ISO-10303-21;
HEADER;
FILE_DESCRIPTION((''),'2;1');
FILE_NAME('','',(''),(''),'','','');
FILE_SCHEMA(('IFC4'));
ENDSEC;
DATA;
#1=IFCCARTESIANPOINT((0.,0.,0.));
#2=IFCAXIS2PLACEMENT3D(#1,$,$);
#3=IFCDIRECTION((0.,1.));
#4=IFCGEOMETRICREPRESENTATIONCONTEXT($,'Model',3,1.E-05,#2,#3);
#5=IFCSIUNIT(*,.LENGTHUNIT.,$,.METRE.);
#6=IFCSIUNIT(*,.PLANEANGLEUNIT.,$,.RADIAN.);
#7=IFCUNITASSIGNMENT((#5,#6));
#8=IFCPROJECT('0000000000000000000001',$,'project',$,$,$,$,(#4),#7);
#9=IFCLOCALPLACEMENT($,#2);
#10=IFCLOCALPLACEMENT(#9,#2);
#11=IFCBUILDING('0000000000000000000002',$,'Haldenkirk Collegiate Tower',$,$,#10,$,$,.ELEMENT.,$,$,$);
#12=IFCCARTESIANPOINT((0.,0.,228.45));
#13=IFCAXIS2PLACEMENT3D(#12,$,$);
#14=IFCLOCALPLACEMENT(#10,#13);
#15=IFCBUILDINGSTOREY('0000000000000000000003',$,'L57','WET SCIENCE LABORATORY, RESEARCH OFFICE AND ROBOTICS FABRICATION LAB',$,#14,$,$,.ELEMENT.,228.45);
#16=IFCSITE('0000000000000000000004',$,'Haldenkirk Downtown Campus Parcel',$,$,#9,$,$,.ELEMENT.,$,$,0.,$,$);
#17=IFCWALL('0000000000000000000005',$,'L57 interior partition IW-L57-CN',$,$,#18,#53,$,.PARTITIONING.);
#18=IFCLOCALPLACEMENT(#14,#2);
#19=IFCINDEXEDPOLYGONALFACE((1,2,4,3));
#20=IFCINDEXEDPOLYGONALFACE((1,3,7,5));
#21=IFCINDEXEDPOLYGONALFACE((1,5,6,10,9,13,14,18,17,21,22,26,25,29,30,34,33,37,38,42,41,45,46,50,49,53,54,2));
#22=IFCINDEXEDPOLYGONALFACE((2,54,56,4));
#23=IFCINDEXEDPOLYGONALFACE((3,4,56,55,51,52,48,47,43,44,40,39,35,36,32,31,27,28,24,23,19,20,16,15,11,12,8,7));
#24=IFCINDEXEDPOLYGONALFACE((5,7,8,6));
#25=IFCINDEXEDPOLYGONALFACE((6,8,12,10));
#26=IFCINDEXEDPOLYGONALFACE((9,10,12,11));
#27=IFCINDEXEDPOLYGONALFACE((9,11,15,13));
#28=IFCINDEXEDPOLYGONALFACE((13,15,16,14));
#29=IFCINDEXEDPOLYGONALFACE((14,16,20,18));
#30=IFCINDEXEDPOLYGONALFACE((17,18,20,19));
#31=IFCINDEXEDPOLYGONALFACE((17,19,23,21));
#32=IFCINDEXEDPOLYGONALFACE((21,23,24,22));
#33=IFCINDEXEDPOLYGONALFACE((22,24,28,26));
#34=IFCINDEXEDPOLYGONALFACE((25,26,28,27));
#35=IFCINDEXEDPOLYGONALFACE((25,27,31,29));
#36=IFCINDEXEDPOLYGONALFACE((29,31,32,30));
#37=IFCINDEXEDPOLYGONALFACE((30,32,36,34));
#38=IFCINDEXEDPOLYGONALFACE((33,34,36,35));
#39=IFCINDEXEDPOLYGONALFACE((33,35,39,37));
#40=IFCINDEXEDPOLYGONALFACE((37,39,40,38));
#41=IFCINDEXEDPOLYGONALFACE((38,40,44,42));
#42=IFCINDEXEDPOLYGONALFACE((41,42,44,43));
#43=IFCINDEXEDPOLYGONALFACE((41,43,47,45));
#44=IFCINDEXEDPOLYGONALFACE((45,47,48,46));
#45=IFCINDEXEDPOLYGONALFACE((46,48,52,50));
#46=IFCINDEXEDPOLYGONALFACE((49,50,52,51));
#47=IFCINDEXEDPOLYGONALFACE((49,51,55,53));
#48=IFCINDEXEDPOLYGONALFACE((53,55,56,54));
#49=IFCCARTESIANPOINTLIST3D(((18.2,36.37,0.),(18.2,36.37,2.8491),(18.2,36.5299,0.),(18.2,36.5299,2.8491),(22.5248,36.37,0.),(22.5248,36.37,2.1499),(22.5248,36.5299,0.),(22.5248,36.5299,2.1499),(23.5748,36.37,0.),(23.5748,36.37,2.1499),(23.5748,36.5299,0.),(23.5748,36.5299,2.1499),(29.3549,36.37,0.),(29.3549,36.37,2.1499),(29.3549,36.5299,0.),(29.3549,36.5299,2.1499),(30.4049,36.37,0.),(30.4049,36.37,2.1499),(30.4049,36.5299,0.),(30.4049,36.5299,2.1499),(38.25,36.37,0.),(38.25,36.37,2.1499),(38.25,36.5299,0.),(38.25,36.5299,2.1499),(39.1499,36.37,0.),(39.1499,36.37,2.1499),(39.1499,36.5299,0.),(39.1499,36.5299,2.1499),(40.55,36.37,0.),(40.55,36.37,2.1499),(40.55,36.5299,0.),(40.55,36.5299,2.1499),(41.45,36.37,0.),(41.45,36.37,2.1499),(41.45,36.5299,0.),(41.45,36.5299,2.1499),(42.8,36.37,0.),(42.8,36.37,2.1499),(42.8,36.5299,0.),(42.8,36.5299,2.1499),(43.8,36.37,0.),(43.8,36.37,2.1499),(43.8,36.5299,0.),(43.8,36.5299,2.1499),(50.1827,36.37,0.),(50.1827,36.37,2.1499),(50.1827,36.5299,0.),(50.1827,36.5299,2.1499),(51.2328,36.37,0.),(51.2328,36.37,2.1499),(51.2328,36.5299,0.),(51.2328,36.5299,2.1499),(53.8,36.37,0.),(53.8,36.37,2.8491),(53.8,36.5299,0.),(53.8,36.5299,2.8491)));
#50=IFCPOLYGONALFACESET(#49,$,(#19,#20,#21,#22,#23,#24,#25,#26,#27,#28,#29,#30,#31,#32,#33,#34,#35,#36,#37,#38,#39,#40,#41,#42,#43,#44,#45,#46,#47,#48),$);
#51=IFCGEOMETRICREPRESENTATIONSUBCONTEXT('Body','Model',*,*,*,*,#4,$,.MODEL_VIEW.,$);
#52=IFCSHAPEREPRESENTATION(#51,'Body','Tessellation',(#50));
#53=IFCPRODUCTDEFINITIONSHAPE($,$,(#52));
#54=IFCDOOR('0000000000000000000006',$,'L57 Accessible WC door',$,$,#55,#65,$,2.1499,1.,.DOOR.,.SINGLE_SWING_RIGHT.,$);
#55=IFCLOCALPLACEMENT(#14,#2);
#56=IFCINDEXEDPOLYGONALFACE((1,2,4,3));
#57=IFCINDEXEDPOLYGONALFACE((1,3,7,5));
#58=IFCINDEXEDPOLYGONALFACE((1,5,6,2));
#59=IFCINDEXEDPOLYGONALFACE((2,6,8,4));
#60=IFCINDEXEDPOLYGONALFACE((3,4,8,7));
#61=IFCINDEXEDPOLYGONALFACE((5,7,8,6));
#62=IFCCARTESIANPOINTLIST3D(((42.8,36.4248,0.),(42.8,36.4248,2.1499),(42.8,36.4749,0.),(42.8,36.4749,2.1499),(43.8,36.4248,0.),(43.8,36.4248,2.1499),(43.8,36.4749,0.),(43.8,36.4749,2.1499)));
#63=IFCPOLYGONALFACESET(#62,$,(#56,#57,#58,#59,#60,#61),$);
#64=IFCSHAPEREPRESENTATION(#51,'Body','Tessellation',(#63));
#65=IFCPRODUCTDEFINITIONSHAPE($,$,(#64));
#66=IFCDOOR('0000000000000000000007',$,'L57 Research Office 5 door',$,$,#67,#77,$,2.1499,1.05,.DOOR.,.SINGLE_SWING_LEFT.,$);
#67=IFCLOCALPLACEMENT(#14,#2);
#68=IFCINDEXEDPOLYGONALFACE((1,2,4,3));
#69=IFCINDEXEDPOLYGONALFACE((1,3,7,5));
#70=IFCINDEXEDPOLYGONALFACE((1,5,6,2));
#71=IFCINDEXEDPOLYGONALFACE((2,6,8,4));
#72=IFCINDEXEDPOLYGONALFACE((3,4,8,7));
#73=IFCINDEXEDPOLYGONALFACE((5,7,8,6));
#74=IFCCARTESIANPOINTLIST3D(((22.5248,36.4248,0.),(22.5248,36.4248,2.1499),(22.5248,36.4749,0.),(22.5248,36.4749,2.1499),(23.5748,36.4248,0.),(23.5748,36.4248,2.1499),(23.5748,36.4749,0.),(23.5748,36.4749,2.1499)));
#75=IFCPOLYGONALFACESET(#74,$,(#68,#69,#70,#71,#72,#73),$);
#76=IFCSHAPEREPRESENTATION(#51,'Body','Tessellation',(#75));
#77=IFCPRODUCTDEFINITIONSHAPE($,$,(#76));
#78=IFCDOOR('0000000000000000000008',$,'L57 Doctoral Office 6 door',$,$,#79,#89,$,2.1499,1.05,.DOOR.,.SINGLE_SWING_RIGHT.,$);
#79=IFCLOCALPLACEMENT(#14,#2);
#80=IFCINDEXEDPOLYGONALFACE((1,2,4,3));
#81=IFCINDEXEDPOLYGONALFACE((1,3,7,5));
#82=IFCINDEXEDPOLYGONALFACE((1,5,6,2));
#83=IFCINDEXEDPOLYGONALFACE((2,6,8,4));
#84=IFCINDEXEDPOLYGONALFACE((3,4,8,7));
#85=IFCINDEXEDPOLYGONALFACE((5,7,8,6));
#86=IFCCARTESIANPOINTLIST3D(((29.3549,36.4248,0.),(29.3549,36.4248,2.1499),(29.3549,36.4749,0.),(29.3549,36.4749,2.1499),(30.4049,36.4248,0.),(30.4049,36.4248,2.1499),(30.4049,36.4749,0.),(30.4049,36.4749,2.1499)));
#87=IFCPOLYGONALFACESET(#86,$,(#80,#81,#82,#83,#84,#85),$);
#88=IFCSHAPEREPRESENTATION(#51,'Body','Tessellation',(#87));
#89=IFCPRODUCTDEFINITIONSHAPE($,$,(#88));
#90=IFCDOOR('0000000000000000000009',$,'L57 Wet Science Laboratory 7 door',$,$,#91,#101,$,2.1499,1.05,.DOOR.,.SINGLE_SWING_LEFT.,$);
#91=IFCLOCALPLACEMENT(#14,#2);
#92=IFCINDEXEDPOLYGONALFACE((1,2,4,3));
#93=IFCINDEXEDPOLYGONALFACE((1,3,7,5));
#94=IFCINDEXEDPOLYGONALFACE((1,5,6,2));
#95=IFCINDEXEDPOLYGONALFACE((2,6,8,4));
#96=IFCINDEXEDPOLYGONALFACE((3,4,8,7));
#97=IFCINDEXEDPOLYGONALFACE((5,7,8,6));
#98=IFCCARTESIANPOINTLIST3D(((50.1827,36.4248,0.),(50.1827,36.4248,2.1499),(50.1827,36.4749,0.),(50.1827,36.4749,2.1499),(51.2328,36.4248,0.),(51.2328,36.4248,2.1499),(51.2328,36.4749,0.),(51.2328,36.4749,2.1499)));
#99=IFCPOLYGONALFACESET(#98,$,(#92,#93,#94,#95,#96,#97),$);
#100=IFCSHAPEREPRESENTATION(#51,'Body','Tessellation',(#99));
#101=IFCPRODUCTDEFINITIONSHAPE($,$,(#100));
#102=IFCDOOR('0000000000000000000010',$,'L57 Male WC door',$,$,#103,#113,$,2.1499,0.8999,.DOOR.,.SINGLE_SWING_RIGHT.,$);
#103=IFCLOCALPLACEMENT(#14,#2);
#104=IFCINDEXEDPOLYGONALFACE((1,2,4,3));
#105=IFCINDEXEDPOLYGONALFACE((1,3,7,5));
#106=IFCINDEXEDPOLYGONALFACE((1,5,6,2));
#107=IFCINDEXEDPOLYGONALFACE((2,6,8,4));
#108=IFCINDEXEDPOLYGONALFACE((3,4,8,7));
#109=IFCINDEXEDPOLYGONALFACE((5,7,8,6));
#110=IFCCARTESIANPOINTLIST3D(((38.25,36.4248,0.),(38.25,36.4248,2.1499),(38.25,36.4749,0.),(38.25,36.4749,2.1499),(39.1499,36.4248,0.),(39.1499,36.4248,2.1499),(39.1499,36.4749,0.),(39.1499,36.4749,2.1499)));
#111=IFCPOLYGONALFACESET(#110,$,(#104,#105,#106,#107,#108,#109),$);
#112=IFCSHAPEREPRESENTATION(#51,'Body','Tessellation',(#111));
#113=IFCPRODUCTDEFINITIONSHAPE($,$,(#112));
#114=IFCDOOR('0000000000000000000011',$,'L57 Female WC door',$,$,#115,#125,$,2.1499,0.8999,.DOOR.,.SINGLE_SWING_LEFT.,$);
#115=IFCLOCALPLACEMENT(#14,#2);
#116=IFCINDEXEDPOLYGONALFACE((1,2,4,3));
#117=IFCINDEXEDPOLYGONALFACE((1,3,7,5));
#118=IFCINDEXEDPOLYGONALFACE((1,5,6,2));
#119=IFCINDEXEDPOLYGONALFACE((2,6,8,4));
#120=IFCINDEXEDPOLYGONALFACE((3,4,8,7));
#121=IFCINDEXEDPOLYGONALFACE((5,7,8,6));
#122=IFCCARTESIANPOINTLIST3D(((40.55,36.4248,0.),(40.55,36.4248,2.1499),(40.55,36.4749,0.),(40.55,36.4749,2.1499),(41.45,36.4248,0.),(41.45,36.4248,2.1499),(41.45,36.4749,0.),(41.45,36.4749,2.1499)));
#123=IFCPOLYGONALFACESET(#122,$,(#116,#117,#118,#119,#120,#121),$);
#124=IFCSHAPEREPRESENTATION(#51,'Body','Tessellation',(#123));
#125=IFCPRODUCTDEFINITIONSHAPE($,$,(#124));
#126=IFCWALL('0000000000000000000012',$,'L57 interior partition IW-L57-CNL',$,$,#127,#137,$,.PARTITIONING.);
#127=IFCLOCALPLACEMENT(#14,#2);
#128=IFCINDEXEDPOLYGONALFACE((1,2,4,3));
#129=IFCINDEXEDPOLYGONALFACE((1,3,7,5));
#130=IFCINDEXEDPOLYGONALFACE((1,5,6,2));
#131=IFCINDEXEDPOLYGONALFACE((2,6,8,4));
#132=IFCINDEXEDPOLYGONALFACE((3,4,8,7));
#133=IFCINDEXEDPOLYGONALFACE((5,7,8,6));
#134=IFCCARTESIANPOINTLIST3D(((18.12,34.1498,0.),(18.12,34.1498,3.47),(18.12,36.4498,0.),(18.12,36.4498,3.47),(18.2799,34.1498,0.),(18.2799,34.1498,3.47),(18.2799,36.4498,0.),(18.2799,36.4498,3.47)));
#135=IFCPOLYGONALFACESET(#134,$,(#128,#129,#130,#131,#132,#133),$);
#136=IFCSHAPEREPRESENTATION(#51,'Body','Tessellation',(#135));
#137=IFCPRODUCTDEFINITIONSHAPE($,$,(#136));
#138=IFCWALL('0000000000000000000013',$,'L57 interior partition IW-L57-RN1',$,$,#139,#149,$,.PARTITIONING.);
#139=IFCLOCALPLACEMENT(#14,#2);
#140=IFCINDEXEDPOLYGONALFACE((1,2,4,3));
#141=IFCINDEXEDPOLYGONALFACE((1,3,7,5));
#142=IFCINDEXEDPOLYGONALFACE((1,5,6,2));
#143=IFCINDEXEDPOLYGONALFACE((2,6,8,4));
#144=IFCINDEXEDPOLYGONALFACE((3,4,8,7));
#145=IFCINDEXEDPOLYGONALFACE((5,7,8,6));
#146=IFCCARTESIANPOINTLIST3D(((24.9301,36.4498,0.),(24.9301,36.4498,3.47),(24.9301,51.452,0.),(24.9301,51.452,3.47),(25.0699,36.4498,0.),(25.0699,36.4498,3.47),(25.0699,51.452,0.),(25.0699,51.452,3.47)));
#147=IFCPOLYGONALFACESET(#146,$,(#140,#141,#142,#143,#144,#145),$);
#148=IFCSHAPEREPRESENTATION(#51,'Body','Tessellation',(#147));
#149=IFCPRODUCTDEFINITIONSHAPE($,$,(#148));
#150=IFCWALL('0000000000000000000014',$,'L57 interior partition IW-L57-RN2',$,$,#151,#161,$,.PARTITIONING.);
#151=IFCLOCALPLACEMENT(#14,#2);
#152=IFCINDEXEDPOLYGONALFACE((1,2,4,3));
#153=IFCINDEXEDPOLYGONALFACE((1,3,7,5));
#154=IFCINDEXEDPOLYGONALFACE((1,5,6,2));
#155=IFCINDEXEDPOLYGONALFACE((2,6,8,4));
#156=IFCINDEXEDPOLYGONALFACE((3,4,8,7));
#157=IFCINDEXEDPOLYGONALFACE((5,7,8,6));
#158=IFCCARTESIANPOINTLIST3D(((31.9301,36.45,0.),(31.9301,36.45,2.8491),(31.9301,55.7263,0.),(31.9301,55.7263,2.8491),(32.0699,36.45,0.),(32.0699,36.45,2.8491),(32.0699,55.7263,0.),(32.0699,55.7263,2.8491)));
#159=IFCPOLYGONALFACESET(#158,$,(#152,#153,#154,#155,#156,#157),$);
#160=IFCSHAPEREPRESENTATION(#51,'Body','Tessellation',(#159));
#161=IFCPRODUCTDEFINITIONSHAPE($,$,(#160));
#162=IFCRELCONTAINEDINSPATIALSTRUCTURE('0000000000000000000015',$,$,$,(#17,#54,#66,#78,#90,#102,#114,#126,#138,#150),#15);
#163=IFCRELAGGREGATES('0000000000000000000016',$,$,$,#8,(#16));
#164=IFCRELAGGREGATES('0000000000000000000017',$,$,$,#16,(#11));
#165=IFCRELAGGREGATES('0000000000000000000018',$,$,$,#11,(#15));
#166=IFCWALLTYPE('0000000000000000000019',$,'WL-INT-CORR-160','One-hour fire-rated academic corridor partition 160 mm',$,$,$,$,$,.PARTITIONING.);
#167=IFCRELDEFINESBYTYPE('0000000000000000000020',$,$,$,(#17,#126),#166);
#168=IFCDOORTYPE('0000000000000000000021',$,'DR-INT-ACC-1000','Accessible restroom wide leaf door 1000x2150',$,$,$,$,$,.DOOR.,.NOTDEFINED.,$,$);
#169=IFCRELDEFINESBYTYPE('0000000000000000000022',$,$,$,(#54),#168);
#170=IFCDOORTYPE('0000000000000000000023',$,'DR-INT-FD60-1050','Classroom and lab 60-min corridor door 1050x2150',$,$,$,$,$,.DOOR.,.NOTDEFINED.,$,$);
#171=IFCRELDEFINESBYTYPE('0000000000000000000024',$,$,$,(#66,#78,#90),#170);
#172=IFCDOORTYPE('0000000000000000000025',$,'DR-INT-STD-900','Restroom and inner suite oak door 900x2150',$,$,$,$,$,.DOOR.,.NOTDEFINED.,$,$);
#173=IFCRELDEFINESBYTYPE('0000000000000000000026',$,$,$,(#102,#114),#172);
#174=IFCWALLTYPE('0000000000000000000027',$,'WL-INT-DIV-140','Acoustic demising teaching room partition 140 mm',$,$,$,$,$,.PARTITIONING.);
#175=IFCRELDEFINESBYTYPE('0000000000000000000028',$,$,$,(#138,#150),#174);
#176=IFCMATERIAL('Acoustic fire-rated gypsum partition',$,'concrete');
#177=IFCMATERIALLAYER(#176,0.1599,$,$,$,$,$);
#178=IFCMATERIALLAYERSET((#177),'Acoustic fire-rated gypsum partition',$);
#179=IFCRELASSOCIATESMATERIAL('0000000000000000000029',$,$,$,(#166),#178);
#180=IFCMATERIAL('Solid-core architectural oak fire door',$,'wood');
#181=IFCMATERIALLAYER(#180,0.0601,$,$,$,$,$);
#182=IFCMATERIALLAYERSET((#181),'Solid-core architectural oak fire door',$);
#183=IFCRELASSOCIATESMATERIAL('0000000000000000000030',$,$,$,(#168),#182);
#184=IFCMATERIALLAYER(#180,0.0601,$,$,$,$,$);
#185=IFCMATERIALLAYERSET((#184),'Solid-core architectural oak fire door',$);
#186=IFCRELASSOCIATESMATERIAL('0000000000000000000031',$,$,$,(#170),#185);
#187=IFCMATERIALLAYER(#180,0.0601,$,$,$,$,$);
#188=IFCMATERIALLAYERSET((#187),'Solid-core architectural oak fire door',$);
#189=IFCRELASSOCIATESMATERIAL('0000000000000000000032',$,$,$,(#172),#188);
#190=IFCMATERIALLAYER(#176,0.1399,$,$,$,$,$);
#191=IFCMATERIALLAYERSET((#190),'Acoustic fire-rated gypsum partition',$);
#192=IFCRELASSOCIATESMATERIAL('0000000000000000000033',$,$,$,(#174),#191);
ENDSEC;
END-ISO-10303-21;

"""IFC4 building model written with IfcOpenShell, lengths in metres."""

from ifc_helpers import new_model, si_unit, direction, frame, frame_2d, origin, place, context, subcontext, project, spatial, rectangle, extrude, material, layer, layer_set, type_object, element, fill, save


model = new_model("IFC4")

# Units and contexts
model_context = context("Model", 3, precision=1e-05, world=origin(), true_north=direction((0.0, 1.0)))
body_context = subcontext(model_context, "Body", "Model", "MODEL_VIEW")
ifc_project = project(units=[si_unit("LENGTHUNIT", "METRE"), si_unit("PLANEANGLEUNIT", "RADIAN")], contexts=[model_context])

# Site, building, storey
site_placement = place(None, origin())
site = spatial("IfcSite", under=ifc_project, at=site_placement, Name="Haldenkirk Downtown Campus Parcel", CompositionType="ELEMENT", RefElevation=0.0)
building_placement = place(site_placement, origin())
building = spatial("IfcBuilding", under=site, at=building_placement, Name="Haldenkirk Collegiate Tower", CompositionType="ELEMENT")
storey_placement = place(building_placement, frame((0.0, 0.0, 228.45)))
storey = spatial("IfcBuildingStorey", under=building, at=storey_placement, Name="L57", Description="WET SCIENCE LABORATORY, RESEARCH OFFICE AND ROBOTICS FABRICATION LAB", CompositionType="ELEMENT", Elevation=228.45)

# Wall, openings, doors
ifc_material_1 = material(Name="Acoustic fire-rated gypsum partition", Category="concrete")
ifc_layer_1 = layer(ifc_material_1, 0.1599)
ifc_layer_set_1 = layer_set([ifc_layer_1], Name="Acoustic fire-rated gypsum partition")
wall_type_1 = type_object("IfcWallType", Name="WL-INT-CORR-160", Description="One-hour fire-rated academic corridor partition 160 mm", PredefinedType="PARTITIONING", material=ifc_layer_set_1)
wall_1_placement = place(storey_placement, frame((18.2, 36.45, 0.0), z_axis=(0.0, 0.0, 1.0), x_axis=(1.0, 0.0, 0.0)))
wall_1 = element("IfcWall", 1, at=wall_1_placement, inside=storey, type_object=wall_type_1, Name="L57 interior partition IW-L57-CN", PredefinedType="PARTITIONING", context=body_context, shape_type="SweptSolid", body=[
    extrude(rectangle(XDim=35.6001, YDim=0.1599, at=frame_2d((17.8, 0.0))), origin(), (0.0, 0.0, 1.0), 2.8491),
])
opening_1_placement = place(wall_1_placement, frame((20.05, 0.0, 0.0)))
opening_1 = element("IfcOpeningElement", 2, at=opening_1_placement, cuts=wall_1, PredefinedType="OPENING", context=body_context, shape_type="SweptSolid", body=[
    extrude(rectangle(XDim=0.8999, YDim=2.1499, at=frame_2d((0.45, 1.075))), frame((0.0, 0.0898, 0.0), z_axis=(0.0, -1.0, 0.0), x_axis=(1.0, 0.0, 0.0)), (0.0, 0.0, 1.0), 0.1799),
])
opening_2_placement = place(wall_1_placement, frame((22.3501, 0.0, 0.0)))
opening_2 = element("IfcOpeningElement", 3, at=opening_2_placement, cuts=wall_1, PredefinedType="OPENING", context=body_context, shape_type="SweptSolid", body=[
    extrude(rectangle(XDim=0.8999, YDim=2.1499, at=frame_2d((0.45, 1.075))), frame((0.0, 0.0898, 0.0), z_axis=(0.0, -1.0, 0.0), x_axis=(1.0, 0.0, 0.0)), (0.0, 0.0, 1.0), 0.1799),
])
opening_3_placement = place(wall_1_placement, frame((24.6001, 0.0, 0.0)))
opening_3 = element("IfcOpeningElement", 4, at=opening_3_placement, cuts=wall_1, PredefinedType="OPENING", context=body_context, shape_type="SweptSolid", body=[
    extrude(rectangle(XDim=1.0, YDim=2.1499, at=frame_2d((0.5, 1.075))), frame((0.0, 0.0898, 0.0), z_axis=(0.0, -1.0, 0.0), x_axis=(1.0, 0.0, 0.0)), (0.0, 0.0, 1.0), 0.1799),
])
opening_4_placement = place(wall_1_placement, frame((4.325, 0.0, 0.0)))
opening_4 = element("IfcOpeningElement", 5, at=opening_4_placement, cuts=wall_1, PredefinedType="OPENING", context=body_context, shape_type="SweptSolid", body=[
    extrude(rectangle(XDim=1.05, YDim=2.1499, at=frame_2d((0.5249, 1.075))), frame((0.0, 0.0898, 0.0), z_axis=(0.0, -1.0, 0.0), x_axis=(1.0, 0.0, 0.0)), (0.0, 0.0, 1.0), 0.1799),
])
opening_5_placement = place(wall_1_placement, frame((11.155, 0.0, 0.0)))
opening_5 = element("IfcOpeningElement", 6, at=opening_5_placement, cuts=wall_1, PredefinedType="OPENING", context=body_context, shape_type="SweptSolid", body=[
    extrude(rectangle(XDim=1.05, YDim=2.1499, at=frame_2d((0.5249, 1.075))), frame((0.0, 0.0898, 0.0), z_axis=(0.0, -1.0, 0.0), x_axis=(1.0, 0.0, 0.0)), (0.0, 0.0, 1.0), 0.1799),
])
opening_6_placement = place(wall_1_placement, frame((31.9829, 0.0, 0.0)))
opening_6 = element("IfcOpeningElement", 7, at=opening_6_placement, cuts=wall_1, PredefinedType="OPENING", context=body_context, shape_type="SweptSolid", body=[
    extrude(rectangle(XDim=1.05, YDim=2.1499, at=frame_2d((0.5249, 1.075))), frame((0.0, 0.0898, 0.0), z_axis=(0.0, -1.0, 0.0), x_axis=(1.0, 0.0, 0.0)), (0.0, 0.0, 1.0), 0.1799),
])
ifc_material_2 = material(Name="Solid-core architectural oak fire door", Category="wood")
ifc_layer_2 = layer(ifc_material_2, 0.0601)
ifc_layer_set_2 = layer_set([ifc_layer_2], Name="Solid-core architectural oak fire door")
door_type_1 = type_object("IfcDoorType", Name="DR-INT-ACC-1000", Description="Accessible restroom wide leaf door 1000x2150", OperationType="NOTDEFINED", PredefinedType="DOOR", material=ifc_layer_set_2)
door_1_placement = place(opening_3_placement, origin())
door_1 = element("IfcDoor", 8, at=door_1_placement, inside=storey, type_object=door_type_1, Name="L57 Accessible WC door", OperationType="SINGLE_SWING_RIGHT", OverallHeight=2.1499, OverallWidth=1.0, PredefinedType="DOOR", context=body_context, shape_type="SweptSolid", body=[
    extrude(rectangle(XDim=1.0, YDim=2.1499, at=frame_2d((0.5, 1.075))), frame((0.0, 0.0249, 0.0), z_axis=(0.0, -1.0, 0.0), x_axis=(1.0, 0.0, 0.0)), (0.0, 0.0, 1.0), 0.05),
])
fill(opening_3, door_1)
ifc_layer_3 = layer(ifc_material_2, 0.0601)
ifc_layer_set_3 = layer_set([ifc_layer_3], Name="Solid-core architectural oak fire door")
door_type_2 = type_object("IfcDoorType", Name="DR-INT-FD60-1050", Description="Classroom and lab 60-min corridor door 1050x2150", OperationType="NOTDEFINED", PredefinedType="DOOR", material=ifc_layer_set_3)
door_2_placement = place(opening_4_placement, origin())
door_2 = element("IfcDoor", 9, at=door_2_placement, inside=storey, type_object=door_type_2, Name="L57 Research Office 5 door", OperationType="SINGLE_SWING_LEFT", OverallHeight=2.1499, OverallWidth=1.05, PredefinedType="DOOR", context=body_context, shape_type="SweptSolid", body=[
    extrude(rectangle(XDim=1.05, YDim=2.1499, at=frame_2d((0.5249, 1.075))), frame((0.0, 0.0249, 0.0), z_axis=(0.0, -1.0, 0.0), x_axis=(1.0, 0.0, 0.0)), (0.0, 0.0, 1.0), 0.05),
])
fill(opening_4, door_2)
door_3_placement = place(opening_5_placement, origin())
door_3 = element("IfcDoor", 10, at=door_3_placement, inside=storey, type_object=door_type_2, Name="L57 Doctoral Office 6 door", OperationType="SINGLE_SWING_RIGHT", OverallHeight=2.1499, OverallWidth=1.05, PredefinedType="DOOR", context=body_context, shape_type="SweptSolid", body=[
    extrude(rectangle(XDim=1.05, YDim=2.1499, at=frame_2d((0.5249, 1.075))), frame((0.0, 0.0249, 0.0), z_axis=(0.0, -1.0, 0.0), x_axis=(1.0, 0.0, 0.0)), (0.0, 0.0, 1.0), 0.05),
])
fill(opening_5, door_3)
door_4_placement = place(opening_6_placement, origin())
door_4 = element("IfcDoor", 11, at=door_4_placement, inside=storey, type_object=door_type_2, Name="L57 Wet Science Laboratory 7 door", OperationType="SINGLE_SWING_LEFT", OverallHeight=2.1499, OverallWidth=1.05, PredefinedType="DOOR", context=body_context, shape_type="SweptSolid", body=[
    extrude(rectangle(XDim=1.05, YDim=2.1499, at=frame_2d((0.5249, 1.075))), frame((0.0, 0.0249, 0.0), z_axis=(0.0, -1.0, 0.0), x_axis=(1.0, 0.0, 0.0)), (0.0, 0.0, 1.0), 0.05),
])
fill(opening_6, door_4)
ifc_layer_4 = layer(ifc_material_2, 0.0601)
ifc_layer_set_4 = layer_set([ifc_layer_4], Name="Solid-core architectural oak fire door")
door_type_3 = type_object("IfcDoorType", Name="DR-INT-STD-900", Description="Restroom and inner suite oak door 900x2150", OperationType="NOTDEFINED", PredefinedType="DOOR", material=ifc_layer_set_4)
door_5_placement = place(opening_1_placement, origin())
door_5 = element("IfcDoor", 12, at=door_5_placement, inside=storey, type_object=door_type_3, Name="L57 Male WC door", OperationType="SINGLE_SWING_RIGHT", OverallHeight=2.1499, OverallWidth=0.8999, PredefinedType="DOOR", context=body_context, shape_type="SweptSolid", body=[
    extrude(rectangle(XDim=0.8999, YDim=2.1499, at=frame_2d((0.45, 1.075))), frame((0.0, 0.0249, 0.0), z_axis=(0.0, -1.0, 0.0), x_axis=(1.0, 0.0, 0.0)), (0.0, 0.0, 1.0), 0.05),
])
fill(opening_1, door_5)
door_6_placement = place(opening_2_placement, origin())
door_6 = element("IfcDoor", 13, at=door_6_placement, inside=storey, type_object=door_type_3, Name="L57 Female WC door", OperationType="SINGLE_SWING_LEFT", OverallHeight=2.1499, OverallWidth=0.8999, PredefinedType="DOOR", context=body_context, shape_type="SweptSolid", body=[
    extrude(rectangle(XDim=0.8999, YDim=2.1499, at=frame_2d((0.45, 1.075))), frame((0.0, 0.0249, 0.0), z_axis=(0.0, -1.0, 0.0), x_axis=(1.0, 0.0, 0.0)), (0.0, 0.0, 1.0), 0.05),
])
fill(opening_2, door_6)

# Walls
wall_2_placement = place(storey_placement, frame((18.2, 34.1499, 0.0), z_axis=(0.0, 0.0, 1.0), x_axis=(0.0, 1.0, 0.0)))
element("IfcWall", 14, at=wall_2_placement, inside=storey, type_object=wall_type_1, Name="L57 interior partition IW-L57-CNL", PredefinedType="PARTITIONING", context=body_context, shape_type="SweptSolid", body=[
    extrude(rectangle(XDim=2.3, YDim=0.1599, at=frame_2d((1.1499, 0.0))), origin(), (0.0, 0.0, 1.0), 3.47),
])
ifc_layer_5 = layer(ifc_material_1, 0.1399)
ifc_layer_set_5 = layer_set([ifc_layer_5], Name="Acoustic fire-rated gypsum partition")
wall_type_2 = type_object("IfcWallType", Name="WL-INT-DIV-140", Description="Acoustic demising teaching room partition 140 mm", PredefinedType="PARTITIONING", material=ifc_layer_set_5)
wall_3_placement = place(storey_placement, frame((25.0, 36.45, 0.0), z_axis=(0.0, 0.0, 1.0), x_axis=(0.0, 1.0, 0.0)))
element("IfcWall", 15, at=wall_3_placement, inside=storey, type_object=wall_type_2, Name="L57 interior partition IW-L57-RN1", PredefinedType="PARTITIONING", context=body_context, shape_type="SweptSolid", body=[
    extrude(rectangle(XDim=15.0022, YDim=0.1399, at=frame_2d((7.501, 0.0))), origin(), (0.0, 0.0, 1.0), 3.47),
])
wall_4_placement = place(storey_placement, frame((32.0, 36.45, 0.0), z_axis=(0.0, 0.0, 1.0), x_axis=(0.0, 1.0, 0.0)))
element("IfcWall", 16, at=wall_4_placement, inside=storey, type_object=wall_type_2, Name="L57 interior partition IW-L57-RN2", PredefinedType="PARTITIONING", context=body_context, shape_type="SweptSolid", body=[
    extrude(rectangle(XDim=19.2764, YDim=0.1399, at=frame_2d((9.6382, 0.0))), origin(), (0.0, 0.0, 1.0), 2.8491),
])

save(model, "model.ifc")
